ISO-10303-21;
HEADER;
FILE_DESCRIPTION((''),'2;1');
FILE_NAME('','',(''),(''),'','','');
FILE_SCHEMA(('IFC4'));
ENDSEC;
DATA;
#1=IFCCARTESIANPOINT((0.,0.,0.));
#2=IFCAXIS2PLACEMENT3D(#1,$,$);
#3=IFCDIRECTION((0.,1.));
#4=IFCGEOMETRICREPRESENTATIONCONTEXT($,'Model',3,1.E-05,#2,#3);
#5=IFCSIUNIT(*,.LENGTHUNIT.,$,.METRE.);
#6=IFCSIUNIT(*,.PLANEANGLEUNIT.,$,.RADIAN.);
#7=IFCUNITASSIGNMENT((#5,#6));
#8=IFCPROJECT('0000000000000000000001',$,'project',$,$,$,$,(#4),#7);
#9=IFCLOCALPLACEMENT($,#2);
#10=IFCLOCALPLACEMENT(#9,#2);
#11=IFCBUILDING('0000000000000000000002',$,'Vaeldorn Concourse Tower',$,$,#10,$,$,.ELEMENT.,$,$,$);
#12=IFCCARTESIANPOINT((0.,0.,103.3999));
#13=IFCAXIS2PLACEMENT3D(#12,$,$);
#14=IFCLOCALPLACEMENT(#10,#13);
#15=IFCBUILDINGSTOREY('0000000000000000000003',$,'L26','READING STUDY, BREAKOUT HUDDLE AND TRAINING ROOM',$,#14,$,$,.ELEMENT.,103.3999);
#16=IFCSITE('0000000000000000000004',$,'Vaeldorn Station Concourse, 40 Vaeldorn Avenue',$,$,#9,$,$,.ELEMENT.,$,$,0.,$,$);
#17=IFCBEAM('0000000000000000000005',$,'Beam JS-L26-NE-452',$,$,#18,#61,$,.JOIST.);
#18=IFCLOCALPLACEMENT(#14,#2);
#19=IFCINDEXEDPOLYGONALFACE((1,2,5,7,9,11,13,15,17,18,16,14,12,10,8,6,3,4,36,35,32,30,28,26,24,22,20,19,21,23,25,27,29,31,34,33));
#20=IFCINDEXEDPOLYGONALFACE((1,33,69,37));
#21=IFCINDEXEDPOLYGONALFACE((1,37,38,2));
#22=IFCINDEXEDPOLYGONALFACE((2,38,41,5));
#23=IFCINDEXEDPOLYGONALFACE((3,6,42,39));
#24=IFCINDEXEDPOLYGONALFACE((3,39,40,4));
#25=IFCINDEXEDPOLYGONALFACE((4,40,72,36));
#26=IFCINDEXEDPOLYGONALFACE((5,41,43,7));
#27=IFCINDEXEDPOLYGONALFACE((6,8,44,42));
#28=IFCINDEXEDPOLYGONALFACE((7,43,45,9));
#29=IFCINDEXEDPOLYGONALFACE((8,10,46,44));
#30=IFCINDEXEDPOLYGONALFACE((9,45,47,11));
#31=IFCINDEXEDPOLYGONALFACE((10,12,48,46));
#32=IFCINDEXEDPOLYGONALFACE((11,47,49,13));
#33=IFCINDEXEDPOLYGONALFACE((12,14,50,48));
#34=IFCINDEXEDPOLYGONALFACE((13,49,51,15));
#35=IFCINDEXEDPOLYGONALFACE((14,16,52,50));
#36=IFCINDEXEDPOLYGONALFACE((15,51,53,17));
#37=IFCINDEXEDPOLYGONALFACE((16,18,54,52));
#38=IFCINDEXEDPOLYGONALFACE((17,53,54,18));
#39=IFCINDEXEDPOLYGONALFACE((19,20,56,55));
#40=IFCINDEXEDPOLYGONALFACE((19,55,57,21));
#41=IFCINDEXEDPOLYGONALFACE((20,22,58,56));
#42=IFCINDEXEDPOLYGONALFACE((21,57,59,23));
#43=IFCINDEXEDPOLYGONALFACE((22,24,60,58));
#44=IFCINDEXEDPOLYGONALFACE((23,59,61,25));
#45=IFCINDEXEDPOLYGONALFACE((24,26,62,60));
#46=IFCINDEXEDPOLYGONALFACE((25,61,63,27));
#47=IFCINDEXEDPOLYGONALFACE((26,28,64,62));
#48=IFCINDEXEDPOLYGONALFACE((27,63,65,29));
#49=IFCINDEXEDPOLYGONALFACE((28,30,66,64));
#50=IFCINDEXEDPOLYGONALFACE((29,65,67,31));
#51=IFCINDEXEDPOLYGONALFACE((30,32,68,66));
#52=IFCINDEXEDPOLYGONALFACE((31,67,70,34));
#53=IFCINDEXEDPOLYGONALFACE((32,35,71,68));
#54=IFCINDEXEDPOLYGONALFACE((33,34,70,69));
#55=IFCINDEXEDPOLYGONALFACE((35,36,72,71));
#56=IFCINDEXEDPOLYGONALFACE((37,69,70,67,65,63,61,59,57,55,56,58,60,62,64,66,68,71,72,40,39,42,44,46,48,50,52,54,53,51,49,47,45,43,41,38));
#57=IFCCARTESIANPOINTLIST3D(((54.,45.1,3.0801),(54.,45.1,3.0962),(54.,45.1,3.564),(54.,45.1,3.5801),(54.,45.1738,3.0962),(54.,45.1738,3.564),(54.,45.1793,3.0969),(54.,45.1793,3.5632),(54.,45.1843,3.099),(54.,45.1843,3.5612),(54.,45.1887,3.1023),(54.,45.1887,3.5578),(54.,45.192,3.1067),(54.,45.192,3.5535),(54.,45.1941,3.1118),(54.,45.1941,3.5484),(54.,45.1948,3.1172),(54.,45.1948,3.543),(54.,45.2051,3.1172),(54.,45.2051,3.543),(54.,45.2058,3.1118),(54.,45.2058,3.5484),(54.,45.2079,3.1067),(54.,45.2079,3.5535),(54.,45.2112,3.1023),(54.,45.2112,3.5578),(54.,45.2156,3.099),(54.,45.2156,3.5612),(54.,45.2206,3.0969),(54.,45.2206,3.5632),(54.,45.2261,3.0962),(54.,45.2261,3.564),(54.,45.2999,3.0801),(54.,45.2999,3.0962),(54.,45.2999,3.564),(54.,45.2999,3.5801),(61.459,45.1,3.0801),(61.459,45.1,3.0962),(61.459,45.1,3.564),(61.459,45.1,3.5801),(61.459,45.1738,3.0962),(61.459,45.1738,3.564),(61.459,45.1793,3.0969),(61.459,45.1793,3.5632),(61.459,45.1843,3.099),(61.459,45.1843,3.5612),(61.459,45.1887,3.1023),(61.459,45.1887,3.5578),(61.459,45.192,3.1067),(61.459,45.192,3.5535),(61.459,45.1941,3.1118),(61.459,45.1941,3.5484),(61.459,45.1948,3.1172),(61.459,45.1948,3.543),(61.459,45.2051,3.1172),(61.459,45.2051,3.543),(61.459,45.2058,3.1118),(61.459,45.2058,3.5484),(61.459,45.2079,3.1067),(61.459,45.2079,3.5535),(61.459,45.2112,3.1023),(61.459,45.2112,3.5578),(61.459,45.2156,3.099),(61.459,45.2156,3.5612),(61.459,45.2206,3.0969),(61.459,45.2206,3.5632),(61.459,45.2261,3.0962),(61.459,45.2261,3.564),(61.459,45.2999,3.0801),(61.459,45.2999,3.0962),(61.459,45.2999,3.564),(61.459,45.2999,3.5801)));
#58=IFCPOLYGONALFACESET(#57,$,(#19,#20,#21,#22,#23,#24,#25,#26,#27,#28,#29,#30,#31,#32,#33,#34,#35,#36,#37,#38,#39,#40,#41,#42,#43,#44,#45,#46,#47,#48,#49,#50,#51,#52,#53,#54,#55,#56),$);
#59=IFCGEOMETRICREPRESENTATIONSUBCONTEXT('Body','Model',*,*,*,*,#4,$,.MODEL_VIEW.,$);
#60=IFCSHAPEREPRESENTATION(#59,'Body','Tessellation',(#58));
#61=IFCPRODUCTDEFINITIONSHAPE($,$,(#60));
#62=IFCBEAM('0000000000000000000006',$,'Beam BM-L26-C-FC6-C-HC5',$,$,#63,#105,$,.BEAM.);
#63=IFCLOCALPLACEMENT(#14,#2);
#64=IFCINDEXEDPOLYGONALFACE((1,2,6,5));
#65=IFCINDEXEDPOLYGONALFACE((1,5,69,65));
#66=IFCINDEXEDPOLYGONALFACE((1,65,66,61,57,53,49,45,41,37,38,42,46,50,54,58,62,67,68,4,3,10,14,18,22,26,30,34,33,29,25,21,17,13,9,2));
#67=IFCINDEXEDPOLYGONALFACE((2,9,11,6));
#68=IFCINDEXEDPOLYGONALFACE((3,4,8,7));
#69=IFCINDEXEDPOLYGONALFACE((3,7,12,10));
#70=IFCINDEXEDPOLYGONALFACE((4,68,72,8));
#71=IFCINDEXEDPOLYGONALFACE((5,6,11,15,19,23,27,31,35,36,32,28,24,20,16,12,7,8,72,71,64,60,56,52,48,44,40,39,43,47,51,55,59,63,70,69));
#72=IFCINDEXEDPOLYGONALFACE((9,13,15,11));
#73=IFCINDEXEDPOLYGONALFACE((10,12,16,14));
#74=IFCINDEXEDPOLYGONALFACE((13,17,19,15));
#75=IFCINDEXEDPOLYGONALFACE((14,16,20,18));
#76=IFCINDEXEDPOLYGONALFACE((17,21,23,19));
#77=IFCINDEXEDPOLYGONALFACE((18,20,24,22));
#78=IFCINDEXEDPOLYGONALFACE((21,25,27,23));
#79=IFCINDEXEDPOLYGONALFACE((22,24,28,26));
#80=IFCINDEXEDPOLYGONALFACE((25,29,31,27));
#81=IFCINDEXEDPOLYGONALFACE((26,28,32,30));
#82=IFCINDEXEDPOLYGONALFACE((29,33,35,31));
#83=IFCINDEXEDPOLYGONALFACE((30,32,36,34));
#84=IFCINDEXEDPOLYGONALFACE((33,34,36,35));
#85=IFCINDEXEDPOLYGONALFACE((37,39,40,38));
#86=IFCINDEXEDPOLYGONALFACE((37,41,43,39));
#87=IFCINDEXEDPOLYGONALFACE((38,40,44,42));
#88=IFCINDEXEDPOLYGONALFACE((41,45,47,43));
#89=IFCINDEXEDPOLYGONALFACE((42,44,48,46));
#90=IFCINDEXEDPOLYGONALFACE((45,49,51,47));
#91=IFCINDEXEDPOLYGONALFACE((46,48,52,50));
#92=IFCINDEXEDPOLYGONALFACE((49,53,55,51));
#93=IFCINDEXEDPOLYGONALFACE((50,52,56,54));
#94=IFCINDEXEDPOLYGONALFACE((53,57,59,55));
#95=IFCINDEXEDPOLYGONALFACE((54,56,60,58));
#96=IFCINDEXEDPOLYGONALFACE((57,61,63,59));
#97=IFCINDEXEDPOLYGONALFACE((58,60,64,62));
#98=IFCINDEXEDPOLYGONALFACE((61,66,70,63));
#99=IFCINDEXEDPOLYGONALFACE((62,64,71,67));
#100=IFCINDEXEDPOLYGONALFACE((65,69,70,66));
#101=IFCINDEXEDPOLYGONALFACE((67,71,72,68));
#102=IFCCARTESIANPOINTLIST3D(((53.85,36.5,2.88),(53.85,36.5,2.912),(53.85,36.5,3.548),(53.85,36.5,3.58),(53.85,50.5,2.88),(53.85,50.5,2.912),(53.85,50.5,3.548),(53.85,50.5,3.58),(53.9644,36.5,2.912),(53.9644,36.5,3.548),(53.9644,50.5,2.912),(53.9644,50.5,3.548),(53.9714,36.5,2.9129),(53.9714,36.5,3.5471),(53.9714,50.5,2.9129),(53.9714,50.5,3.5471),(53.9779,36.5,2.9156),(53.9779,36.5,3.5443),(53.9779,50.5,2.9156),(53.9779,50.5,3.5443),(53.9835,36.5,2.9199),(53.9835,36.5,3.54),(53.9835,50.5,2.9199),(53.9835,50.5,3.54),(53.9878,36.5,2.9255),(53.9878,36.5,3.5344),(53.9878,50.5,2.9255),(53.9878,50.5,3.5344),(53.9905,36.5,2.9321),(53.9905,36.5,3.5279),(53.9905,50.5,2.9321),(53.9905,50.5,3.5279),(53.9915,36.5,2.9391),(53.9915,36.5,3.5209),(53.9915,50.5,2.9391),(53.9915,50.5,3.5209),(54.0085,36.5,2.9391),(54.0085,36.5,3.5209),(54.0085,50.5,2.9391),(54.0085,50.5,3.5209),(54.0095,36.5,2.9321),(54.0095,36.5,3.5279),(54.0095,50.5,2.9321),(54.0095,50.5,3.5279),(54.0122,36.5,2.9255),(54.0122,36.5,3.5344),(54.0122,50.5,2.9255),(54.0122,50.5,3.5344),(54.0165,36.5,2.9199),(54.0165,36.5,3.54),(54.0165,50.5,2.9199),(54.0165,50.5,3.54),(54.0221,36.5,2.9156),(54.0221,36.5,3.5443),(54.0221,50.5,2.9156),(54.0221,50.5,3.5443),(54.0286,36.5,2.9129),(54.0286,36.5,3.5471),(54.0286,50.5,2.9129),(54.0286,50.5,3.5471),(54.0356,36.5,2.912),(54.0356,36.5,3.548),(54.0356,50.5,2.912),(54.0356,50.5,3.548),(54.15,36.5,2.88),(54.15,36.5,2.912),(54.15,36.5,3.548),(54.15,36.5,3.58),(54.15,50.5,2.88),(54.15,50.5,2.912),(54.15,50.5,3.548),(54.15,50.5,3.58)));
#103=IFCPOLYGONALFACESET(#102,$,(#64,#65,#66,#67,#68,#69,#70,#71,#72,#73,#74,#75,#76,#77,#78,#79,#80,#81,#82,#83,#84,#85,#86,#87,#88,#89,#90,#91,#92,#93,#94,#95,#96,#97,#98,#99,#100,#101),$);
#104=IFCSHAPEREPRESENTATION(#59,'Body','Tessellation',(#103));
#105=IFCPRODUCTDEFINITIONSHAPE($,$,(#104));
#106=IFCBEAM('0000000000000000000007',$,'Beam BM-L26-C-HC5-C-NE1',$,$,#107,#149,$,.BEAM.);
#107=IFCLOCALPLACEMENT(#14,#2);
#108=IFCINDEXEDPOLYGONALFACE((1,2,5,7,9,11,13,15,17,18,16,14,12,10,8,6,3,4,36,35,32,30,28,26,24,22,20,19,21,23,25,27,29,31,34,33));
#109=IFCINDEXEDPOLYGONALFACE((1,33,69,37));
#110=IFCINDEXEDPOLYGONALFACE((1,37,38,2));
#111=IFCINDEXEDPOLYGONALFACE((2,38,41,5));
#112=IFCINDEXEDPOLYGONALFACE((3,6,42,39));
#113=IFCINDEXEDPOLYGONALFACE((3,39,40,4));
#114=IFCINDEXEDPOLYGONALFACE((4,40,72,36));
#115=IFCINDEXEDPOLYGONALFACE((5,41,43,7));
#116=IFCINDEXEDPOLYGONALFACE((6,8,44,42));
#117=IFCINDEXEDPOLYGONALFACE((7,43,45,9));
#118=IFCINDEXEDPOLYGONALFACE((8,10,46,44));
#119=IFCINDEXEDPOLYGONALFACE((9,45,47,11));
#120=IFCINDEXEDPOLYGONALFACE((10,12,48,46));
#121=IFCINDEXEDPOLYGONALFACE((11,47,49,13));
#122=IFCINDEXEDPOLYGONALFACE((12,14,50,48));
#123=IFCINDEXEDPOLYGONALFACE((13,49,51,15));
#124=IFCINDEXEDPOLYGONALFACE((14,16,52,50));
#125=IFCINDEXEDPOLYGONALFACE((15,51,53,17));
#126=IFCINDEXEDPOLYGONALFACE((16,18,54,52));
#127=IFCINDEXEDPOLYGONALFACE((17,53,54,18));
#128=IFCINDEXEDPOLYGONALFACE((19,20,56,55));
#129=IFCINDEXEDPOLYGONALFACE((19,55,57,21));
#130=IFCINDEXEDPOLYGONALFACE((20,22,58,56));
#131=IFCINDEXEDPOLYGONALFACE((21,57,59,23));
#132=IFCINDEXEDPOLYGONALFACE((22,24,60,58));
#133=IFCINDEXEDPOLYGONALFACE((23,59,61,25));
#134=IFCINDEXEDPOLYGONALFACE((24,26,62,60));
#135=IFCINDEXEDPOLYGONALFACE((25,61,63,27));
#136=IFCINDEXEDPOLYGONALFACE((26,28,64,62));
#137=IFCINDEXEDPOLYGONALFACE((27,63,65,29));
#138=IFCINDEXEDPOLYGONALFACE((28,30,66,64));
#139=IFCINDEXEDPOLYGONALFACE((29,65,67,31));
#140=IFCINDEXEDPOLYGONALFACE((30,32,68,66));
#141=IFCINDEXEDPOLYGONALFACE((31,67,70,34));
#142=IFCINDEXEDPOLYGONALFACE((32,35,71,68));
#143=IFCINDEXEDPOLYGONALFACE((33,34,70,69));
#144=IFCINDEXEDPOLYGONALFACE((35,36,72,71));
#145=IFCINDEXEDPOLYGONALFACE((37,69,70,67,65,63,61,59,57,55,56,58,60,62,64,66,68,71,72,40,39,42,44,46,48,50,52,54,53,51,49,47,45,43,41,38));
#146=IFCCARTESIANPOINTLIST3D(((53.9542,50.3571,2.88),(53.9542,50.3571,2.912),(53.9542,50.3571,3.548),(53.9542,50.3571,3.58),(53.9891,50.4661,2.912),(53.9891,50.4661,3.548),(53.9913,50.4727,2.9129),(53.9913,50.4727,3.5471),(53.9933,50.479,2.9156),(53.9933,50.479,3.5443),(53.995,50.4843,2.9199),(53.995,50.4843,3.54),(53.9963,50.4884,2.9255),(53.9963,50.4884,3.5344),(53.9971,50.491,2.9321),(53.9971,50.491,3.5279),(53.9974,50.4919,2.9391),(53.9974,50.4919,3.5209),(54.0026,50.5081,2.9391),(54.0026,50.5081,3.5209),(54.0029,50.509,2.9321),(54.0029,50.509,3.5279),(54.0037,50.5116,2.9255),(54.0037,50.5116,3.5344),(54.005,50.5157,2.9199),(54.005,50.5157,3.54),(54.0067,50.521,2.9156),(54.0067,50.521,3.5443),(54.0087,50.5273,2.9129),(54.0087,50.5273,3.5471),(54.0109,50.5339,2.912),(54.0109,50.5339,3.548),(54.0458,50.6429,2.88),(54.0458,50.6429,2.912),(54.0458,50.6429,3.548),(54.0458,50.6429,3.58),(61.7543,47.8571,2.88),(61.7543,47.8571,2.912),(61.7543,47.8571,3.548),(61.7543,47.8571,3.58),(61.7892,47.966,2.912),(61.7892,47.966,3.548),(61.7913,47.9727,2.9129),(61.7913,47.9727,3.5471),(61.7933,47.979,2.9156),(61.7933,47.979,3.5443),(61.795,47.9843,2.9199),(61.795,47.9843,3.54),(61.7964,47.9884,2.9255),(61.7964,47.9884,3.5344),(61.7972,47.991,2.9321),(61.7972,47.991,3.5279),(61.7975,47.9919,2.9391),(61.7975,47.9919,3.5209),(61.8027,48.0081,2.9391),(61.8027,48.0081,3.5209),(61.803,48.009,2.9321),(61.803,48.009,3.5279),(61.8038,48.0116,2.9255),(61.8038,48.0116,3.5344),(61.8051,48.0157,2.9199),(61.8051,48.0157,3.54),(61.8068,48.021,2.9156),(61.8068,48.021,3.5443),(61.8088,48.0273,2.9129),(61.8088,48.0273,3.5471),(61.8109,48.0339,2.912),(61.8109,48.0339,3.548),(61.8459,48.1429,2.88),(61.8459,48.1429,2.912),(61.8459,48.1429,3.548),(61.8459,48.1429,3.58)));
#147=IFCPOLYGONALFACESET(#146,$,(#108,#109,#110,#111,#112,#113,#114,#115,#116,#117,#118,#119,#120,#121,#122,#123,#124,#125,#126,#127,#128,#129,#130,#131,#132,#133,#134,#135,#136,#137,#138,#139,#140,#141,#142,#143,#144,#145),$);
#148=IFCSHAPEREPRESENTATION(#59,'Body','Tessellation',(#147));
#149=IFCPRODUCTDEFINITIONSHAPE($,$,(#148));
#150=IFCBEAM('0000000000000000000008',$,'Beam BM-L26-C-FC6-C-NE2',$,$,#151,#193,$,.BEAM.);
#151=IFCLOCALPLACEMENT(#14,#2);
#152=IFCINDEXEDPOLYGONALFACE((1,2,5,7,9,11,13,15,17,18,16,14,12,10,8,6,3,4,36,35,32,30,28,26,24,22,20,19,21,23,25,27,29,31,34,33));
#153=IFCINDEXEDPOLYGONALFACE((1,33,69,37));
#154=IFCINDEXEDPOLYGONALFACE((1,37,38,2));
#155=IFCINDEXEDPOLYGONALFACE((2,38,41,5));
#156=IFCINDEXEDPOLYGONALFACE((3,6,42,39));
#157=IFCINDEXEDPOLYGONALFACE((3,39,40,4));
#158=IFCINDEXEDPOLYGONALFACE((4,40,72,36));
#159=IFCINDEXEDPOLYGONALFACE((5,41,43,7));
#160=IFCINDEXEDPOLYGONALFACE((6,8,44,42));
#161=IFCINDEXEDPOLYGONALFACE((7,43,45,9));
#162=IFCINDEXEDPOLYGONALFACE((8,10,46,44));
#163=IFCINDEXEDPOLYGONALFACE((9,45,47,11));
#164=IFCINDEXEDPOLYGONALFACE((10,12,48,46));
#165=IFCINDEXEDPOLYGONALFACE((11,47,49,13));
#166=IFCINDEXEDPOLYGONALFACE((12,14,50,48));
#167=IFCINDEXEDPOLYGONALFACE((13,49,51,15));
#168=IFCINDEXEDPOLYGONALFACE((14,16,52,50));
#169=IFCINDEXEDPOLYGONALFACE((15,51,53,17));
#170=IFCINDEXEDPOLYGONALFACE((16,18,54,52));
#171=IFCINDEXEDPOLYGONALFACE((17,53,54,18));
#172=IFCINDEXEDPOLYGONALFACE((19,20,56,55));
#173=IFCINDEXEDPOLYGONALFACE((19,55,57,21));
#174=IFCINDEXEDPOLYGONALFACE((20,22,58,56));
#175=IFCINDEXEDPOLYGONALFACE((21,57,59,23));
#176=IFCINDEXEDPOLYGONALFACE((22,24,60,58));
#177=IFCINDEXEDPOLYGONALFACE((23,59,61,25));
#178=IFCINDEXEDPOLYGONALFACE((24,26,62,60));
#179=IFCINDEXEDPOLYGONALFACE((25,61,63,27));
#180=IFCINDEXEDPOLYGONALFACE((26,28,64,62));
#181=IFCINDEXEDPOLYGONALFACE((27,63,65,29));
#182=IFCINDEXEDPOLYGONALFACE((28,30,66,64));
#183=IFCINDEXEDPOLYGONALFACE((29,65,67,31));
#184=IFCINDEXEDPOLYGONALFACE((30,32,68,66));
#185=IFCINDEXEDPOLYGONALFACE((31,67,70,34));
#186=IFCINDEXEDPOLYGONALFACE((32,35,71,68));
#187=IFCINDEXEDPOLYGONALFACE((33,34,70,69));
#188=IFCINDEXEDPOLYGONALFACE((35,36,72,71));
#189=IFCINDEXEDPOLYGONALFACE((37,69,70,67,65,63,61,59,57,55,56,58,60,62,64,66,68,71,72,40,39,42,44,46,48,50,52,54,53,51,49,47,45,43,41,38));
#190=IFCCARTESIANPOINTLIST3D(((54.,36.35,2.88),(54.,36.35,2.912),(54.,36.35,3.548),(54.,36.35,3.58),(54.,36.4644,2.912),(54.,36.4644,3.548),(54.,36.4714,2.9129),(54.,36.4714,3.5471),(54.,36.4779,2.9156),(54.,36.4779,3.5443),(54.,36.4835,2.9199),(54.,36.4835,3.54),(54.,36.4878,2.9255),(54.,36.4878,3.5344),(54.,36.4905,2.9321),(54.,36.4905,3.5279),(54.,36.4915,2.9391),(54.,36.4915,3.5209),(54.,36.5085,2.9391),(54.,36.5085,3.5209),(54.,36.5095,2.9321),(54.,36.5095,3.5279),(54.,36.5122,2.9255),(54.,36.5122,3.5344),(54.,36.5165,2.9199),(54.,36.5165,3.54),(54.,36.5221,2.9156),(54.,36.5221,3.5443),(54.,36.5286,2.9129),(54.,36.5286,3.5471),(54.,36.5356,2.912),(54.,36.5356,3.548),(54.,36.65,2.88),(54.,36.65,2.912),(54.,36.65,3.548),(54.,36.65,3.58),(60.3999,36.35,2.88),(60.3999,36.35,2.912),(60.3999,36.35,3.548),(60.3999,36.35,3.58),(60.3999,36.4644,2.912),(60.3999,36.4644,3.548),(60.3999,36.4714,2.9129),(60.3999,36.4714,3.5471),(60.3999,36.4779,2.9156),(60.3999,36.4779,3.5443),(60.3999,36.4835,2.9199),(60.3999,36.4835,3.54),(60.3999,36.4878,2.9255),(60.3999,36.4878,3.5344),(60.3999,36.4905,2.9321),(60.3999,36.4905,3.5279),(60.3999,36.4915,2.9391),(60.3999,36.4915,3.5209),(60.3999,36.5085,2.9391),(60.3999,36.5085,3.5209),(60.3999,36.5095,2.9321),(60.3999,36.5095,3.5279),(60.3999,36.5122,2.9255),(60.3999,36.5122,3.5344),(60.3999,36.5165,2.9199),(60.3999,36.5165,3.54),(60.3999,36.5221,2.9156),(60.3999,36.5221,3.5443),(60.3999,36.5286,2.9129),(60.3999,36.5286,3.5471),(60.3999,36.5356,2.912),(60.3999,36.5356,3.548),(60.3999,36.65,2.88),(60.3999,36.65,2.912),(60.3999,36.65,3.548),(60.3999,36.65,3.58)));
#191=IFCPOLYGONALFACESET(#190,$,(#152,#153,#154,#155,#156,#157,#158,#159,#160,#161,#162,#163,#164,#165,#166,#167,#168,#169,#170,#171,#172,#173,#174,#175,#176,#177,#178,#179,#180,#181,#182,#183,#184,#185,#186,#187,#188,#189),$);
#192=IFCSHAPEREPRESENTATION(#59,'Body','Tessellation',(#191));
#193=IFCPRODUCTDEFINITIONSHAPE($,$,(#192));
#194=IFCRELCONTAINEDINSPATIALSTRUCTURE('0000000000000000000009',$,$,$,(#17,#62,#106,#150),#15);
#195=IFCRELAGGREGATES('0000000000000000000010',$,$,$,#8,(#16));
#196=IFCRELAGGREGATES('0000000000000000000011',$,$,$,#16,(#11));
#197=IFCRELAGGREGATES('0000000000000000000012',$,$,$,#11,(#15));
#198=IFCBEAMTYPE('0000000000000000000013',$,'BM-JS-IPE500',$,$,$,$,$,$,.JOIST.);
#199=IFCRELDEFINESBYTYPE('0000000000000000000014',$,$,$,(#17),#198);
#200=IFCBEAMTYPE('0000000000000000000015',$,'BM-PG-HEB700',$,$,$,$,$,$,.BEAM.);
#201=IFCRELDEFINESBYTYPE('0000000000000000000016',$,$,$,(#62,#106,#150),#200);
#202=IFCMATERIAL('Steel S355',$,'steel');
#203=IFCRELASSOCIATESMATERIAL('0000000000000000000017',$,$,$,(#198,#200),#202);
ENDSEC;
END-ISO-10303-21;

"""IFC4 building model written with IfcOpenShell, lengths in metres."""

from ifc_helpers import new_model, si_unit, direction, frame, origin, origin_2d, place, context, subcontext, project, spatial, i_section, extrude, source, transform, mapped, material, material_profile, profile_set, type_object, element, save


model = new_model("IFC4")

# Units and contexts
model_context = context("Model", 3, precision=1e-05, world=origin(), true_north=direction((0.0, 1.0)))
body_context = subcontext(model_context, "Body", "Model", "MODEL_VIEW")
ifc_project = project(units=[si_unit("LENGTHUNIT", "METRE"), si_unit("PLANEANGLEUNIT", "RADIAN")], contexts=[model_context])

# Site, building, storey
site_placement = place(None, origin())
site = spatial("IfcSite", under=ifc_project, at=site_placement, Name="Vaeldorn Station Concourse, 40 Vaeldorn Avenue", CompositionType="ELEMENT", RefElevation=0.0)
building_placement = place(site_placement, origin())
building = spatial("IfcBuilding", under=site, at=building_placement, Name="Vaeldorn Concourse Tower", CompositionType="ELEMENT")
storey_placement = place(building_placement, frame((0.0, 0.0, 103.3999)))
storey = spatial("IfcBuildingStorey", under=building, at=storey_placement, Name="L26", Description="READING STUDY, BREAKOUT HUDDLE AND TRAINING ROOM", CompositionType="ELEMENT", Elevation=103.3999)

# Beams
ifc_material_1 = material(Name="Steel S355", Category="steel")
ifc_material_profile_1 = material_profile(ifc_material_1, i_section(OverallWidth=0.2, OverallDepth=0.5, WebThickness=0.0103, FlangeThickness=0.0161, FilletRadius=0.021, at=origin_2d()), Name="IPE 500")
ifc_profile_set_1 = profile_set([ifc_material_profile_1], Name="Steel S355")
beam_type_1 = type_object("IfcBeamType", Name="BM-JS-IPE500", PredefinedType="JOIST", material=ifc_profile_set_1)
shared_shape_1 = source(origin(), body_context, "Body", "SweptSolid", [
    extrude(i_section(OverallWidth=0.2, OverallDepth=0.5, WebThickness=0.0103, FlangeThickness=0.0161, FilletRadius=0.021, at=origin_2d()), origin(), (0.0, 0.0, 1.0), 7.459),
])
beam_1_placement = place(storey_placement, frame((54.0, 45.2, 3.3301), z_axis=(1.0, 0.0, 0.0), x_axis=(0.0, 1.0, 0.0)))
element("IfcBeam", 1, at=beam_1_placement, inside=storey, type_object=beam_type_1, Name="Beam JS-L26-NE-452", PredefinedType="JOIST", context=body_context, shape_type="MappedRepresentation", body=[
    mapped(shared_shape_1, transform((0.0, 0.0, 0.0), scale=1.0)),
])
ifc_material_profile_2 = material_profile(ifc_material_1, i_section(OverallWidth=0.3, OverallDepth=0.7, WebThickness=0.0171, FlangeThickness=0.032, FilletRadius=0.0271, at=origin_2d()), Name="HEB 700")
ifc_profile_set_2 = profile_set([ifc_material_profile_2], Name="Steel S355")
beam_type_2 = type_object("IfcBeamType", Name="BM-PG-HEB700", PredefinedType="BEAM", material=ifc_profile_set_2)
shared_shape_2 = source(origin(), body_context, "Body", "SweptSolid", [
    extrude(i_section(OverallWidth=0.3, OverallDepth=0.7, WebThickness=0.0171, FlangeThickness=0.032, FilletRadius=0.0271, at=origin_2d()), origin(), (0.0, 0.0, 1.0), 14.0),
])
beam_2_placement = place(storey_placement, frame((54.0, 36.5, 3.23), z_axis=(0.0, 1.0, 0.0), x_axis=(-1.0, 0.0, 0.0)))
element("IfcBeam", 2, at=beam_2_placement, inside=storey, type_object=beam_type_2, Name="Beam BM-L26-C-FC6-C-HC5", PredefinedType="BEAM", context=body_context, shape_type="MappedRepresentation", body=[
    mapped(shared_shape_2, transform((0.0, 0.0, 0.0), scale=1.0)),
])
shared_shape_3 = source(origin(), body_context, "Body", "SweptSolid", [
    extrude(i_section(OverallWidth=0.3, OverallDepth=0.7, WebThickness=0.0171, FlangeThickness=0.032, FilletRadius=0.0271, at=origin_2d()), origin(), (0.0, 0.0, 1.0), 8.1909),
])
beam_3_placement = place(storey_placement, frame((54.0, 50.5, 3.23), z_axis=(0.952283, -0.305217, 0.0), x_axis=(0.305217, 0.952283, 0.0)))
element("IfcBeam", 3, at=beam_3_placement, inside=storey, type_object=beam_type_2, Name="Beam BM-L26-C-HC5-C-NE1", PredefinedType="BEAM", context=body_context, shape_type="MappedRepresentation", body=[
    mapped(shared_shape_3, transform((0.0, 0.0, 0.0), scale=1.0)),
])
shared_shape_4 = source(origin(), body_context, "Body", "SweptSolid", [
    extrude(i_section(OverallWidth=0.3, OverallDepth=0.7, WebThickness=0.0171, FlangeThickness=0.032, FilletRadius=0.0271, at=origin_2d()), origin(), (0.0, 0.0, 1.0), 6.3999),
])
beam_4_placement = place(storey_placement, frame((54.0, 36.5, 3.23), z_axis=(1.0, 0.0, 0.0), x_axis=(0.0, 1.0, 0.0)))
element("IfcBeam", 4, at=beam_4_placement, inside=storey, type_object=beam_type_2, Name="Beam BM-L26-C-FC6-C-NE2", PredefinedType="BEAM", context=body_context, shape_type="MappedRepresentation", body=[
    mapped(shared_shape_4, transform((0.0, 0.0, 0.0), scale=1.0)),
])

save(model, "model.ifc")
